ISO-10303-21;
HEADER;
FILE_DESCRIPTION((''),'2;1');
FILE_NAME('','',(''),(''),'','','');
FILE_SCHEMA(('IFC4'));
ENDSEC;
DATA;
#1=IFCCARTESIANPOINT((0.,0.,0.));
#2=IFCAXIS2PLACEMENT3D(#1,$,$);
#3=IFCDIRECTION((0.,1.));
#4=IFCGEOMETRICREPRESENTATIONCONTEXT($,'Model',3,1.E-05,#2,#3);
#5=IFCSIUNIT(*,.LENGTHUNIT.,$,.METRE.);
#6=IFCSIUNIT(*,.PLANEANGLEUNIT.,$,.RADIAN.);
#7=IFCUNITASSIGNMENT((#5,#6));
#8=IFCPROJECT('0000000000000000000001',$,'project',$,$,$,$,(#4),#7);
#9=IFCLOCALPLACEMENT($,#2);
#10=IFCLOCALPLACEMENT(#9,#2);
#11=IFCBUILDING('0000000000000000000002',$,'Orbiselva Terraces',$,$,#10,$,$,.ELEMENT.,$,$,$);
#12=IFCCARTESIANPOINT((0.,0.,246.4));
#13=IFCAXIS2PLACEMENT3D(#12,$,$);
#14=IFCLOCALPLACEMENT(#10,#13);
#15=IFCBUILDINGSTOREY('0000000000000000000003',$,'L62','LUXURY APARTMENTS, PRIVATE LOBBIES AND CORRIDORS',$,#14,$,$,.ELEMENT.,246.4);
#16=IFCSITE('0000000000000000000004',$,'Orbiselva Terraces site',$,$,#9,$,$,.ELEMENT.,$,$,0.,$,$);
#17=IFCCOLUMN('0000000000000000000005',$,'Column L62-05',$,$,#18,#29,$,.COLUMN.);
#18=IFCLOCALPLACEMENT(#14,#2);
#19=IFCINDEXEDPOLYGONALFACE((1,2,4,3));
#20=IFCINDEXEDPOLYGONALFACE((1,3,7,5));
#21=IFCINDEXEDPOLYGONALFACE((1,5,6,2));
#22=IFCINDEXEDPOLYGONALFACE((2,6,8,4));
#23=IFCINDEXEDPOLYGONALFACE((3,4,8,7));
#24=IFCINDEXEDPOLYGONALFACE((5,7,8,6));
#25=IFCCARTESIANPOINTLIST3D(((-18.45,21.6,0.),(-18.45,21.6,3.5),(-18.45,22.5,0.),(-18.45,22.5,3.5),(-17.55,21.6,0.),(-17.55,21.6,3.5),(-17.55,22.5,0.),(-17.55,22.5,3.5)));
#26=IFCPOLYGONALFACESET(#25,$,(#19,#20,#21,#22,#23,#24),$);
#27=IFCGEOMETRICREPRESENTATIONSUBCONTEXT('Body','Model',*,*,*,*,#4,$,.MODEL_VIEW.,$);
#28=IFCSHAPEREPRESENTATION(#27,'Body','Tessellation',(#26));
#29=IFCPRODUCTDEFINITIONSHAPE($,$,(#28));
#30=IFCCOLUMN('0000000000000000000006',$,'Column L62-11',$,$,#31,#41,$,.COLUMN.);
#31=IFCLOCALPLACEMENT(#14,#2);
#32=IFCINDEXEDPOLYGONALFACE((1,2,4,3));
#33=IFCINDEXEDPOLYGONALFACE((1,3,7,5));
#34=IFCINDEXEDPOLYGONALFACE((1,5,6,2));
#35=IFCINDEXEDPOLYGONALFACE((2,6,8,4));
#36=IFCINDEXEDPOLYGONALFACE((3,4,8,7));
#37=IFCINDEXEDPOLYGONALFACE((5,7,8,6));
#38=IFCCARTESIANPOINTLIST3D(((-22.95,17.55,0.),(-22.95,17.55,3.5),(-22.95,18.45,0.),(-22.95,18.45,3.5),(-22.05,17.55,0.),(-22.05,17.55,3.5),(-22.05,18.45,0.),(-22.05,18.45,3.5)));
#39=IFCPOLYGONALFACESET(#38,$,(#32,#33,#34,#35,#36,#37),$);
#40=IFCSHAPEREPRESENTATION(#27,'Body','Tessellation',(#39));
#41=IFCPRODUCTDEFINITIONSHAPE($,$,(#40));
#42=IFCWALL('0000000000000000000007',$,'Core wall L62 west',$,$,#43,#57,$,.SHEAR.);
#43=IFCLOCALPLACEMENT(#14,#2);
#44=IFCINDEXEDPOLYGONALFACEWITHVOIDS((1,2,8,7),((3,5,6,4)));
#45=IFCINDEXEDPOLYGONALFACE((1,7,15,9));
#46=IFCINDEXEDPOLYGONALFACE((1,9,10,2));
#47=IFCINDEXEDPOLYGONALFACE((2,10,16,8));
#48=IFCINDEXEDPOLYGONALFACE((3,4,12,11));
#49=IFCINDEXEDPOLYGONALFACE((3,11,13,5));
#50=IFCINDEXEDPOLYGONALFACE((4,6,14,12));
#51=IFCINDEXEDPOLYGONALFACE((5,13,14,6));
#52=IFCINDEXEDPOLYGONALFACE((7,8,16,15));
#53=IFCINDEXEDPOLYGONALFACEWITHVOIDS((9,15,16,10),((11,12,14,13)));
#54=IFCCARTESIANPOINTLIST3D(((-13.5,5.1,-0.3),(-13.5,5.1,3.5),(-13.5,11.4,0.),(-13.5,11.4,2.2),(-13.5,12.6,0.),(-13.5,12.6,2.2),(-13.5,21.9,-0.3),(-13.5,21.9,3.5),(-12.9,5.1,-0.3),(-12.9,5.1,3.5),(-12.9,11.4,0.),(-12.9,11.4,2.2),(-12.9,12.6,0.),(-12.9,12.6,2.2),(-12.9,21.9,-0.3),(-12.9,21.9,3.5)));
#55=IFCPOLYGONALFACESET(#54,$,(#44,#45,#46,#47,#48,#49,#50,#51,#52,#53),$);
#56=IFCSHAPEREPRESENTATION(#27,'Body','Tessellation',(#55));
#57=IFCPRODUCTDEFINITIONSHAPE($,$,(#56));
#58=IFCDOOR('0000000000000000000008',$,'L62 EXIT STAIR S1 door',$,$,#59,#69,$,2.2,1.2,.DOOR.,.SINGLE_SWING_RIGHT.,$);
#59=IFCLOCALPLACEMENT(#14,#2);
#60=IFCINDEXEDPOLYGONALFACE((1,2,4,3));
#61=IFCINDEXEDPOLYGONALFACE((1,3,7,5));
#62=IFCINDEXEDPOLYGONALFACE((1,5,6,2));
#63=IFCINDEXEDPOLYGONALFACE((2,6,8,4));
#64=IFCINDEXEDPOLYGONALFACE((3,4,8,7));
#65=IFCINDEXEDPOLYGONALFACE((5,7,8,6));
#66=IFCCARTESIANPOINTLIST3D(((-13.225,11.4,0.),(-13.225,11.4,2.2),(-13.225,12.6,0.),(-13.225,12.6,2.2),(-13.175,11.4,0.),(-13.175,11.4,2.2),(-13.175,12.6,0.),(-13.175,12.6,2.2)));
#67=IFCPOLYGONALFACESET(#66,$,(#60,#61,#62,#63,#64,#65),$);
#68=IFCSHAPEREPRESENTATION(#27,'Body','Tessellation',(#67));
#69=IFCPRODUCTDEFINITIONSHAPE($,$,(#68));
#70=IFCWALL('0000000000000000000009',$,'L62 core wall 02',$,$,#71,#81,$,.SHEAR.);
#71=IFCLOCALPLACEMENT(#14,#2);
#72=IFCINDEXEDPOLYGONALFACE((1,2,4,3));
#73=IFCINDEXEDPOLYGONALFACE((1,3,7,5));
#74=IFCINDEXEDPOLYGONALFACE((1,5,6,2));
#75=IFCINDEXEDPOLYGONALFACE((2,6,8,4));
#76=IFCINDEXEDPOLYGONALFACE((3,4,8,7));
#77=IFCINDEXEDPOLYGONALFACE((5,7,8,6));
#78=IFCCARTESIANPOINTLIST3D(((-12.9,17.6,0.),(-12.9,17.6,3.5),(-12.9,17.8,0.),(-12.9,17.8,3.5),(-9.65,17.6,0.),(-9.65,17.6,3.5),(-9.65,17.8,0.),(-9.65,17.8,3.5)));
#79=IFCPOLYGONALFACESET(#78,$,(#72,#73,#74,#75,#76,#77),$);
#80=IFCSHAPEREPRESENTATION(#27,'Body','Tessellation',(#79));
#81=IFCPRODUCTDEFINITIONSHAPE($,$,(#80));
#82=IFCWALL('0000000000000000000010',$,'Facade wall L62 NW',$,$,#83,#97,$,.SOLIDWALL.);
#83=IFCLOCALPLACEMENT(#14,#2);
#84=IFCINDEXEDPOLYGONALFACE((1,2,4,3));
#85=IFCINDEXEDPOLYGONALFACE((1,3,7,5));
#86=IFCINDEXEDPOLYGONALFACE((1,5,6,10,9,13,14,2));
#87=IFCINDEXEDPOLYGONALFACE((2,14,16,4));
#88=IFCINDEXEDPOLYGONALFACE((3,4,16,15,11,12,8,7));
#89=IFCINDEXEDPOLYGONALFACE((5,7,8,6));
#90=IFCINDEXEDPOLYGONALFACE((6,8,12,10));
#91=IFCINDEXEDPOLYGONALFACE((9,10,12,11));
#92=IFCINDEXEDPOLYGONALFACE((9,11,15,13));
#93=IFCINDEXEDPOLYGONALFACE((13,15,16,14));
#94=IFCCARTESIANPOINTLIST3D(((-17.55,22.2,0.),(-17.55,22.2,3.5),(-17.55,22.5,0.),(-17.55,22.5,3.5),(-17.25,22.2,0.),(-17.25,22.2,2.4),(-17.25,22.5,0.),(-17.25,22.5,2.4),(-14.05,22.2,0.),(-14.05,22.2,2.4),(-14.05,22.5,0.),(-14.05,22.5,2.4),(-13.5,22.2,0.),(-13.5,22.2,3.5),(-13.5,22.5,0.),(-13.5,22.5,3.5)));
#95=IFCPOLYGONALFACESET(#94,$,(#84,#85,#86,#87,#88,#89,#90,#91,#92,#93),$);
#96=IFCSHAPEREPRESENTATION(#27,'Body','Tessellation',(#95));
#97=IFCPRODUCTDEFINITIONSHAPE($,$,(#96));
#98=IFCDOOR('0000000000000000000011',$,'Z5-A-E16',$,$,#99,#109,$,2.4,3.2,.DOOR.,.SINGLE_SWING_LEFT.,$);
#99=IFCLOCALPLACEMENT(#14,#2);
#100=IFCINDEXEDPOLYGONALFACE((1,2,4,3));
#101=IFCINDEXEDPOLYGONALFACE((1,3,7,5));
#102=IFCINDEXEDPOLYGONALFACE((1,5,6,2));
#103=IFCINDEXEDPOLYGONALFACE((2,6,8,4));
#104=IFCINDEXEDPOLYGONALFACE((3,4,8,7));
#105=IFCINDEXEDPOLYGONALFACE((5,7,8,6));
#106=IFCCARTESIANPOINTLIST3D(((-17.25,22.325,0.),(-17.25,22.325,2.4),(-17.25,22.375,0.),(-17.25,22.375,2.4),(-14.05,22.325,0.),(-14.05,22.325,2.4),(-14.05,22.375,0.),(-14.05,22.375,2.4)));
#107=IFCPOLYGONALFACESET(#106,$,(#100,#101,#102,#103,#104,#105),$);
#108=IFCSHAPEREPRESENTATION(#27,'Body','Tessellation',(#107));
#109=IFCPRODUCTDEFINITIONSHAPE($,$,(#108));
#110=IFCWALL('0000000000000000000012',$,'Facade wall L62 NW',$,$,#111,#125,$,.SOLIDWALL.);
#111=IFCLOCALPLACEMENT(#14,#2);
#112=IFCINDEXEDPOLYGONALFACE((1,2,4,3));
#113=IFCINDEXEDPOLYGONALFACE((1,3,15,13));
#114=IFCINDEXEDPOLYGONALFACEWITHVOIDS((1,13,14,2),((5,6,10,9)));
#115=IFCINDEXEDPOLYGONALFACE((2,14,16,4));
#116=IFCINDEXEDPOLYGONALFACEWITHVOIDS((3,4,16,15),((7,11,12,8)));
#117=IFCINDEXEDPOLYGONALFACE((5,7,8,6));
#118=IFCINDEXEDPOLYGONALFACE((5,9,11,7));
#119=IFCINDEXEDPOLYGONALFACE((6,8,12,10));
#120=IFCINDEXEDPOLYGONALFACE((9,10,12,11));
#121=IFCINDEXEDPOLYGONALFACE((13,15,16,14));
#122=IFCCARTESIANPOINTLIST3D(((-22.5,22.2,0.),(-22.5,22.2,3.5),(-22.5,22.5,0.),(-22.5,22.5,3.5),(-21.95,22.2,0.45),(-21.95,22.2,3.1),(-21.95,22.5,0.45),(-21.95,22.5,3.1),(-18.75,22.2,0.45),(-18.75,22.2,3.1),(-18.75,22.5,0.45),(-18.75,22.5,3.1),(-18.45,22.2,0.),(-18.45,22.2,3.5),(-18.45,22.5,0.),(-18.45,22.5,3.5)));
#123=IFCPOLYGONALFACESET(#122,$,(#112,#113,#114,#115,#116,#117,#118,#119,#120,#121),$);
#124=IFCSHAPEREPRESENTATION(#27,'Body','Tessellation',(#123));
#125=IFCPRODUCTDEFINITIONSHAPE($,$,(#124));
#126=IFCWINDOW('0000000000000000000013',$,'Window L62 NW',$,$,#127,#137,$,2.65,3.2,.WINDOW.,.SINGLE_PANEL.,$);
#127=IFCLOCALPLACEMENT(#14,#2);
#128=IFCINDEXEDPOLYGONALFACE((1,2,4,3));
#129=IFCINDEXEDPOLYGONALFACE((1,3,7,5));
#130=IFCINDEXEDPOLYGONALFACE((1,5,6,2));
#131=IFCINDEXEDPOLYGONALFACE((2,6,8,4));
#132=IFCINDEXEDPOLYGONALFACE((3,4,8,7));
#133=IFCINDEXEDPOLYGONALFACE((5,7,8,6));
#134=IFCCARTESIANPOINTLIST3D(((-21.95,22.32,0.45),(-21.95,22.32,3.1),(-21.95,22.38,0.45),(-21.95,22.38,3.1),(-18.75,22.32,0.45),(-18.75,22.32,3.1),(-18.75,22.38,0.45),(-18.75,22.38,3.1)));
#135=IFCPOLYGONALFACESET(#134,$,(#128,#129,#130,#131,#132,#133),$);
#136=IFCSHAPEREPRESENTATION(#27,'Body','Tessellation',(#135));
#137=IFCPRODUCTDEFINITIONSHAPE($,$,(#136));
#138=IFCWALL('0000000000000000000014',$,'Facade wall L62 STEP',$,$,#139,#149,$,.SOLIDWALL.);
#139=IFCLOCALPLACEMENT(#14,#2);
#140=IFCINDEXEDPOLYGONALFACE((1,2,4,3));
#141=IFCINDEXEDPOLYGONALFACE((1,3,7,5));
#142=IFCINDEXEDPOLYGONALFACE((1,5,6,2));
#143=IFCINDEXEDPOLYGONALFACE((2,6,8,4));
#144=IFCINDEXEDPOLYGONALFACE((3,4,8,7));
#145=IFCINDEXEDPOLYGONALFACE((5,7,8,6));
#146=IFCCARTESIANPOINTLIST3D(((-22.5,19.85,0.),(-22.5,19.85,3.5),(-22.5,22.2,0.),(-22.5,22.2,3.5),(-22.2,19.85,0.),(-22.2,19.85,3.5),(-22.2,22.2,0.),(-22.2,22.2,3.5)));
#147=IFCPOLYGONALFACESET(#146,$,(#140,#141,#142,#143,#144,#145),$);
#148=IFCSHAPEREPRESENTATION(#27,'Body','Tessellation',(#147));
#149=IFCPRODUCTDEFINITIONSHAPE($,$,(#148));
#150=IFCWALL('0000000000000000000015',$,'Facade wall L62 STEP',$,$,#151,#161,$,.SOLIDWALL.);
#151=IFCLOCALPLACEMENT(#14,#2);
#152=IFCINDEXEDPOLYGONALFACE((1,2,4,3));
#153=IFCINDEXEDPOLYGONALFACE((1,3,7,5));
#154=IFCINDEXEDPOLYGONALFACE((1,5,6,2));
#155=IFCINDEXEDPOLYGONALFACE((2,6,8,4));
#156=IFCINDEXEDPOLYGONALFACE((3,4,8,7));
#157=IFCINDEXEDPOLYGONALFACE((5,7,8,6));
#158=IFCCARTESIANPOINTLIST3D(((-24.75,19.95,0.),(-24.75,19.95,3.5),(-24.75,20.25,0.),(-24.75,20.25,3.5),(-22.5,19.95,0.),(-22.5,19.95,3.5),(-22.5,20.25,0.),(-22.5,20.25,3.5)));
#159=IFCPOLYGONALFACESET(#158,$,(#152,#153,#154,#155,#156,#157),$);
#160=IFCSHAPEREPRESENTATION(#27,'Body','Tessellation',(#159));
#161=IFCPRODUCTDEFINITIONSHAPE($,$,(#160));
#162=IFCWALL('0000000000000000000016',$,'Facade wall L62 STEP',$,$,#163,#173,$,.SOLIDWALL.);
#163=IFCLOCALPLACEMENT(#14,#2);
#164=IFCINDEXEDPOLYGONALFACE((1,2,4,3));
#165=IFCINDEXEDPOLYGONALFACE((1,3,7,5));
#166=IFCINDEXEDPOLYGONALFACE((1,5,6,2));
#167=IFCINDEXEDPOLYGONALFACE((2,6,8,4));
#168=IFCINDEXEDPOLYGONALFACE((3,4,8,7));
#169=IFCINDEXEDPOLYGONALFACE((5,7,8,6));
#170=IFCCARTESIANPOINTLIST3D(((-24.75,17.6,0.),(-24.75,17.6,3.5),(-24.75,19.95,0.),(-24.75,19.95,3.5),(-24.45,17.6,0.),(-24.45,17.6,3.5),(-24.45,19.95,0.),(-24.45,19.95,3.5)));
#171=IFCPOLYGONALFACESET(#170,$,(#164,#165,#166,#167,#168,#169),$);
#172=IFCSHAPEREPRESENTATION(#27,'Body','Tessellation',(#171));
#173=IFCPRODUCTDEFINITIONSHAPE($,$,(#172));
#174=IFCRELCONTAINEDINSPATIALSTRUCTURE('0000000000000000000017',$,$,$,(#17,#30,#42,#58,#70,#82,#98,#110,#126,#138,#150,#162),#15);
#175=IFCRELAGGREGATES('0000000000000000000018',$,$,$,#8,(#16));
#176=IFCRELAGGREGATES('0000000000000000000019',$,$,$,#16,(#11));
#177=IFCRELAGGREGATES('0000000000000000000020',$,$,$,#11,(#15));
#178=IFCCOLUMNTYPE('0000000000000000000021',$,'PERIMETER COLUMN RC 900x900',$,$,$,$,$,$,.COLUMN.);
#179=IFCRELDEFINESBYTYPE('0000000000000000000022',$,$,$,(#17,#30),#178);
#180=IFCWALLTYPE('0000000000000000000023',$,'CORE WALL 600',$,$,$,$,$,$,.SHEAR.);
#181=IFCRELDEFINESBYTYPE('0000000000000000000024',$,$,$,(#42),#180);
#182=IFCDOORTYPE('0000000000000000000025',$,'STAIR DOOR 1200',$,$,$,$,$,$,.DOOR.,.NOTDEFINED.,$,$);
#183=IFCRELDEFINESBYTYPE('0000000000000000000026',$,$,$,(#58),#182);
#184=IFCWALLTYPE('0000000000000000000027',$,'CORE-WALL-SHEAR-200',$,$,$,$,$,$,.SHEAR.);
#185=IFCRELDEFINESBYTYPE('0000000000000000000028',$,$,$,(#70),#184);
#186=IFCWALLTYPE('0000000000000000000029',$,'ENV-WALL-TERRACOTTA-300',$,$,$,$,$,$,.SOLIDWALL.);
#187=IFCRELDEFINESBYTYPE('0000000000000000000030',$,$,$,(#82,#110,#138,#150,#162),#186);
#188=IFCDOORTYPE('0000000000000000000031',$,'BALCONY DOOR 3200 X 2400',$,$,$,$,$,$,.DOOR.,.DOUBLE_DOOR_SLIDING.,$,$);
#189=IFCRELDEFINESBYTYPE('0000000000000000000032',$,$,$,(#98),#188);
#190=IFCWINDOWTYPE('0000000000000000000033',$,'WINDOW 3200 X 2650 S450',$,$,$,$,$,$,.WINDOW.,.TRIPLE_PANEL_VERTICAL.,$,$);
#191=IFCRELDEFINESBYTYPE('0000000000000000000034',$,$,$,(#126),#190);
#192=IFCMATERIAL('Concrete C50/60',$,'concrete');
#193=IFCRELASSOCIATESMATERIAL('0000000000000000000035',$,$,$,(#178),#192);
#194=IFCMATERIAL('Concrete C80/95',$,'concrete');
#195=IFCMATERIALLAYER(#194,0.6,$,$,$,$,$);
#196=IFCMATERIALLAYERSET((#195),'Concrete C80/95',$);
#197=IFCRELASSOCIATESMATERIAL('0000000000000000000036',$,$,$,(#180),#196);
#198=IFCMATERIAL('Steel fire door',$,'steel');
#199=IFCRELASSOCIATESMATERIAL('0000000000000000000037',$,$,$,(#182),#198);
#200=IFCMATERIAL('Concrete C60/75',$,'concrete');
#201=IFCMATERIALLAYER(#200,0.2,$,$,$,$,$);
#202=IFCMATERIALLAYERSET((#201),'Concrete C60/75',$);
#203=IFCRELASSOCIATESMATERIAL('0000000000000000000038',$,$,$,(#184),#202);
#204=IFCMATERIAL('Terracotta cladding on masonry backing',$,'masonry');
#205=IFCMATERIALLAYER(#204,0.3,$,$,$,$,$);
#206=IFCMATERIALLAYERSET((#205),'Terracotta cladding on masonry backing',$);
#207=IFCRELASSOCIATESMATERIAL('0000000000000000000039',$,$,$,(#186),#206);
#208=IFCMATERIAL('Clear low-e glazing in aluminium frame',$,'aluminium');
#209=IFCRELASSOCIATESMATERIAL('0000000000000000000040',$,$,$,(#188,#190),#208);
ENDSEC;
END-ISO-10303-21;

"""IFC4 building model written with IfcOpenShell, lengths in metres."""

from ifc_helpers import new_model, si_unit, direction, frame, frame_2d, origin, origin_2d, place, context, subcontext, project, spatial, rectangle, extrude, material, layer, layer_set, material_profile, profile_set, type_object, element, fill, save


model = new_model("IFC4")

# Units and contexts
model_context = context("Model", 3, precision=1e-05, world=origin(), true_north=direction((0.0, 1.0)))
body_context = subcontext(model_context, "Body", "Model", "MODEL_VIEW")
ifc_project = project(units=[si_unit("LENGTHUNIT", "METRE"), si_unit("PLANEANGLEUNIT", "RADIAN")], contexts=[model_context])

# Site, building, storey
site_placement = place(None, origin())
site = spatial("IfcSite", under=ifc_project, at=site_placement, Name="Orbiselva Terraces site", CompositionType="ELEMENT", RefElevation=0.0)
building_placement = place(site_placement, origin())
building = spatial("IfcBuilding", under=site, at=building_placement, Name="Orbiselva Terraces", CompositionType="ELEMENT")
storey_placement = place(building_placement, frame((0.0, 0.0, 246.4)))
storey = spatial("IfcBuildingStorey", under=building, at=storey_placement, Name="L62", Description="LUXURY APARTMENTS, PRIVATE LOBBIES AND CORRIDORS", CompositionType="ELEMENT", Elevation=246.4)

# Columns
ifc_material_1 = material(Name="Concrete C50/60", Category="concrete")
ifc_material_profile = material_profile(ifc_material_1, rectangle(XDim=0.9, YDim=0.9, at=origin_2d()), Name="RC 900x900")
ifc_profile_set = profile_set([ifc_material_profile], Name="Concrete C50/60")
column_type = type_object("IfcColumnType", Name="PERIMETER COLUMN RC 900x900", PredefinedType="COLUMN", material=ifc_profile_set)
for number, where, z_axis, x_axis, name in (
    (1, (-18.0, 22.05, 0.0), (0.0, 0.0, 1.0), (1.0, 0.0, 0.0), "Column L62-05"),
    (2, (-22.5, 18.0, 0.0), (0.0, 0.0, 1.0), (1.0, 0.0, 0.0), "Column L62-11"),
):
    element("IfcColumn", number, at=place(storey_placement, frame(where, z_axis=z_axis, x_axis=x_axis)), inside=storey, type_object=column_type, Name=name, PredefinedType="COLUMN", context=body_context, shape_type="SweptSolid", body=[
        extrude(rectangle(XDim=0.9, YDim=0.9, at=origin_2d()), origin(), (0.0, 0.0, 1.0), 3.5),
    ])

# Wall, opening, door
ifc_material_2 = material(Name="Concrete C80/95", Category="concrete")
ifc_layer_1 = layer(ifc_material_2, 0.6)
ifc_layer_set_1 = layer_set([ifc_layer_1], Name="Concrete C80/95")
wall_type_1 = type_object("IfcWallType", Name="CORE WALL 600", PredefinedType="SHEAR", material=ifc_layer_set_1)
wall_1_placement = place(storey_placement, frame((-13.2, 21.9, -0.3), z_axis=(0.0, 0.0, 1.0), x_axis=(0.0, -1.0, 0.0)))
wall_1 = element("IfcWall", 3, at=wall_1_placement, inside=storey, type_object=wall_type_1, Name="Core wall L62 west", PredefinedType="SHEAR", context=body_context, shape_type="SweptSolid", body=[
    extrude(rectangle(XDim=16.8, YDim=0.6, at=frame_2d((8.4, 0.0))), origin(), (0.0, 0.0, 1.0), 3.8),
])
opening_1_placement = place(wall_1_placement, frame((9.3, 0.0, 0.3)))
opening_1 = element("IfcOpeningElement", 4, at=opening_1_placement, cuts=wall_1, PredefinedType="OPENING", context=body_context, shape_type="SweptSolid", body=[
    extrude(rectangle(XDim=1.2, YDim=2.2, at=frame_2d((0.6, 1.1))), frame((0.0, 0.31, 0.0), z_axis=(0.0, -1.0, 0.0), x_axis=(1.0, 0.0, 0.0)), (0.0, 0.0, 1.0), 0.62),
])
ifc_material_3 = material(Name="Steel fire door", Category="steel")
door_type_1 = type_object("IfcDoorType", Name="STAIR DOOR 1200", OperationType="NOTDEFINED", PredefinedType="DOOR", material=ifc_material_3)
door_1_placement = place(opening_1_placement, frame((1.2, 0.0, 0.0), z_axis=(0.0, 0.0, 1.0), x_axis=(-1.0, 0.0, 0.0)))
door_1 = element("IfcDoor", 5, at=door_1_placement, inside=storey, type_object=door_type_1, Name="L62 EXIT STAIR S1 door", OperationType="SINGLE_SWING_RIGHT", OverallHeight=2.2, OverallWidth=1.2, PredefinedType="DOOR", context=body_context, shape_type="SweptSolid", body=[
    extrude(rectangle(XDim=1.2, YDim=2.2, at=frame_2d((0.6, 1.1))), frame((0.0, 0.025, 0.0), z_axis=(0.0, -1.0, 0.0), x_axis=(1.0, 0.0, 0.0)), (0.0, 0.0, 1.0), 0.05),
])
fill(opening_1, door_1)

# Wall
ifc_material_4 = material(Name="Concrete C60/75", Category="concrete")
ifc_layer_2 = layer(ifc_material_4, 0.2)
ifc_layer_set_2 = layer_set([ifc_layer_2], Name="Concrete C60/75")
wall_type_2 = type_object("IfcWallType", Name="CORE-WALL-SHEAR-200", PredefinedType="SHEAR", material=ifc_layer_set_2)
wall_2_placement = place(storey_placement, frame((-12.9, 17.7, 0.0), z_axis=(0.0, 0.0, 1.0), x_axis=(1.0, 0.0, 0.0)))
element("IfcWall", 6, at=wall_2_placement, inside=storey, type_object=wall_type_2, Name="L62 core wall 02", PredefinedType="SHEAR", context=body_context, shape_type="SweptSolid", body=[
    extrude(rectangle(XDim=3.25, YDim=0.2, at=frame_2d((1.625, 0.0))), origin(), (0.0, 0.0, 1.0), 3.5),
])

# Wall, opening, door
ifc_material_5 = material(Name="Terracotta cladding on masonry backing", Category="masonry")
ifc_layer_3 = layer(ifc_material_5, 0.3)
ifc_layer_set_3 = layer_set([ifc_layer_3], Name="Terracotta cladding on masonry backing")
wall_type_3 = type_object("IfcWallType", Name="ENV-WALL-TERRACOTTA-300", PredefinedType="SOLIDWALL", material=ifc_layer_set_3)
wall_3_placement = place(storey_placement, frame((-17.55, 22.35, 0.0), z_axis=(0.0, 0.0, 1.0), x_axis=(1.0, 0.0, 0.0)))
wall_3 = element("IfcWall", 7, at=wall_3_placement, inside=storey, type_object=wall_type_3, Name="Facade wall L62 NW", PredefinedType="SOLIDWALL", context=body_context, shape_type="SweptSolid", body=[
    extrude(rectangle(XDim=4.05, YDim=0.3, at=frame_2d((2.025, 0.0))), origin(), (0.0, 0.0, 1.0), 3.5),
])
opening_2_placement = place(wall_3_placement, frame((0.3, 0.0, 0.0)))
opening_2 = element("IfcOpeningElement", 8, at=opening_2_placement, cuts=wall_3, PredefinedType="OPENING", context=body_context, shape_type="SweptSolid", body=[
    extrude(rectangle(XDim=3.2, YDim=2.4, at=frame_2d((1.6, 1.2))), frame((0.0, 0.16, 0.0), z_axis=(0.0, -1.0, 0.0), x_axis=(1.0, 0.0, 0.0)), (0.0, 0.0, 1.0), 0.32),
])
ifc_material_6 = material(Name="Clear low-e glazing in aluminium frame", Category="aluminium")
door_type_2 = type_object("IfcDoorType", Name="BALCONY DOOR 3200 X 2400", OperationType="DOUBLE_DOOR_SLIDING", PredefinedType="DOOR", material=ifc_material_6)
door_2_placement = place(opening_2_placement, origin())
door_2 = element("IfcDoor", 9, at=door_2_placement, inside=storey, type_object=door_type_2, Name="Z5-A-E16", OperationType="SINGLE_SWING_LEFT", OverallHeight=2.4, OverallWidth=3.2, PredefinedType="DOOR", context=body_context, shape_type="SweptSolid", body=[
    extrude(rectangle(XDim=3.2, YDim=2.4, at=frame_2d((1.6, 1.2))), frame((0.0, 0.025, 0.0), z_axis=(0.0, -1.0, 0.0), x_axis=(1.0, 0.0, 0.0)), (0.0, 0.0, 1.0), 0.05),
])
fill(opening_2, door_2)

# Wall, opening, window
wall_4_placement = place(storey_placement, frame((-22.5, 22.35, 0.0), z_axis=(0.0, 0.0, 1.0), x_axis=(1.0, 0.0, 0.0)))
wall_4 = element("IfcWall", 10, at=wall_4_placement, inside=storey, type_object=wall_type_3, Name="Facade wall L62 NW", PredefinedType="SOLIDWALL", context=body_context, shape_type="SweptSolid", body=[
    extrude(rectangle(XDim=4.05, YDim=0.3, at=frame_2d((2.025, 0.0))), origin(), (0.0, 0.0, 1.0), 3.5),
])
opening_3_placement = place(wall_4_placement, frame((0.55, 0.0, 0.45)))
opening_3 = element("IfcOpeningElement", 11, at=opening_3_placement, cuts=wall_4, PredefinedType="OPENING", context=body_context, shape_type="SweptSolid", body=[
    extrude(rectangle(XDim=3.2, YDim=2.65, at=frame_2d((1.6, 1.325))), frame((0.0, 0.16, 0.0), z_axis=(0.0, -1.0, 0.0), x_axis=(1.0, 0.0, 0.0)), (0.0, 0.0, 1.0), 0.32),
])
window_type = type_object("IfcWindowType", Name="WINDOW 3200 X 2650 S450", PartitioningType="TRIPLE_PANEL_VERTICAL", PredefinedType="WINDOW", material=ifc_material_6)
window_placement = place(opening_3_placement, origin())
window = element("IfcWindow", 12, at=window_placement, inside=storey, type_object=window_type, Name="Window L62 NW", OverallHeight=2.65, OverallWidth=3.2, PartitioningType="SINGLE_PANEL", PredefinedType="WINDOW", context=body_context, shape_type="SweptSolid", body=[
    extrude(rectangle(XDim=3.2, YDim=2.65, at=frame_2d((1.6, 1.325))), frame((0.0, 0.03, 0.0), z_axis=(0.0, -1.0, 0.0), x_axis=(1.0, 0.0, 0.0)), (0.0, 0.0, 1.0), 0.06),
])
fill(opening_3, window)

# Walls
wall_5_placement = place(storey_placement, frame((-22.35, 19.85, 0.0), z_axis=(0.0, 0.0, 1.0), x_axis=(0.0, 1.0, 0.0)))
element("IfcWall", 13, at=wall_5_placement, inside=storey, type_object=wall_type_3, Name="Facade wall L62 STEP", PredefinedType="SOLIDWALL", context=body_context, shape_type="SweptSolid", body=[
    extrude(rectangle(XDim=2.35, YDim=0.3, at=frame_2d((1.175, 0.0))), origin(), (0.0, 0.0, 1.0), 3.5),
])
wall_6_placement = place(storey_placement, frame((-24.75, 20.1, 0.0), z_axis=(0.0, 0.0, 1.0), x_axis=(1.0, 0.0, 0.0)))
element("IfcWall", 14, at=wall_6_placement, inside=storey, type_object=wall_type_3, Name="Facade wall L62 STEP", PredefinedType="SOLIDWALL", context=body_context, shape_type="SweptSolid", body=[
    extrude(rectangle(XDim=2.25, YDim=0.3, at=frame_2d((1.125, 0.0))), origin(), (0.0, 0.0, 1.0), 3.5),
])
wall_7_placement = place(storey_placement, frame((-24.6, 17.6, 0.0), z_axis=(0.0, 0.0, 1.0), x_axis=(0.0, 1.0, 0.0)))
element("IfcWall", 15, at=wall_7_placement, inside=storey, type_object=wall_type_3, Name="Facade wall L62 STEP", PredefinedType="SOLIDWALL", context=body_context, shape_type="SweptSolid", body=[
    extrude(rectangle(XDim=2.35, YDim=0.3, at=frame_2d((1.175, 0.0))), origin(), (0.0, 0.0, 1.0), 3.5),
])

save(model, "model.ifc")
